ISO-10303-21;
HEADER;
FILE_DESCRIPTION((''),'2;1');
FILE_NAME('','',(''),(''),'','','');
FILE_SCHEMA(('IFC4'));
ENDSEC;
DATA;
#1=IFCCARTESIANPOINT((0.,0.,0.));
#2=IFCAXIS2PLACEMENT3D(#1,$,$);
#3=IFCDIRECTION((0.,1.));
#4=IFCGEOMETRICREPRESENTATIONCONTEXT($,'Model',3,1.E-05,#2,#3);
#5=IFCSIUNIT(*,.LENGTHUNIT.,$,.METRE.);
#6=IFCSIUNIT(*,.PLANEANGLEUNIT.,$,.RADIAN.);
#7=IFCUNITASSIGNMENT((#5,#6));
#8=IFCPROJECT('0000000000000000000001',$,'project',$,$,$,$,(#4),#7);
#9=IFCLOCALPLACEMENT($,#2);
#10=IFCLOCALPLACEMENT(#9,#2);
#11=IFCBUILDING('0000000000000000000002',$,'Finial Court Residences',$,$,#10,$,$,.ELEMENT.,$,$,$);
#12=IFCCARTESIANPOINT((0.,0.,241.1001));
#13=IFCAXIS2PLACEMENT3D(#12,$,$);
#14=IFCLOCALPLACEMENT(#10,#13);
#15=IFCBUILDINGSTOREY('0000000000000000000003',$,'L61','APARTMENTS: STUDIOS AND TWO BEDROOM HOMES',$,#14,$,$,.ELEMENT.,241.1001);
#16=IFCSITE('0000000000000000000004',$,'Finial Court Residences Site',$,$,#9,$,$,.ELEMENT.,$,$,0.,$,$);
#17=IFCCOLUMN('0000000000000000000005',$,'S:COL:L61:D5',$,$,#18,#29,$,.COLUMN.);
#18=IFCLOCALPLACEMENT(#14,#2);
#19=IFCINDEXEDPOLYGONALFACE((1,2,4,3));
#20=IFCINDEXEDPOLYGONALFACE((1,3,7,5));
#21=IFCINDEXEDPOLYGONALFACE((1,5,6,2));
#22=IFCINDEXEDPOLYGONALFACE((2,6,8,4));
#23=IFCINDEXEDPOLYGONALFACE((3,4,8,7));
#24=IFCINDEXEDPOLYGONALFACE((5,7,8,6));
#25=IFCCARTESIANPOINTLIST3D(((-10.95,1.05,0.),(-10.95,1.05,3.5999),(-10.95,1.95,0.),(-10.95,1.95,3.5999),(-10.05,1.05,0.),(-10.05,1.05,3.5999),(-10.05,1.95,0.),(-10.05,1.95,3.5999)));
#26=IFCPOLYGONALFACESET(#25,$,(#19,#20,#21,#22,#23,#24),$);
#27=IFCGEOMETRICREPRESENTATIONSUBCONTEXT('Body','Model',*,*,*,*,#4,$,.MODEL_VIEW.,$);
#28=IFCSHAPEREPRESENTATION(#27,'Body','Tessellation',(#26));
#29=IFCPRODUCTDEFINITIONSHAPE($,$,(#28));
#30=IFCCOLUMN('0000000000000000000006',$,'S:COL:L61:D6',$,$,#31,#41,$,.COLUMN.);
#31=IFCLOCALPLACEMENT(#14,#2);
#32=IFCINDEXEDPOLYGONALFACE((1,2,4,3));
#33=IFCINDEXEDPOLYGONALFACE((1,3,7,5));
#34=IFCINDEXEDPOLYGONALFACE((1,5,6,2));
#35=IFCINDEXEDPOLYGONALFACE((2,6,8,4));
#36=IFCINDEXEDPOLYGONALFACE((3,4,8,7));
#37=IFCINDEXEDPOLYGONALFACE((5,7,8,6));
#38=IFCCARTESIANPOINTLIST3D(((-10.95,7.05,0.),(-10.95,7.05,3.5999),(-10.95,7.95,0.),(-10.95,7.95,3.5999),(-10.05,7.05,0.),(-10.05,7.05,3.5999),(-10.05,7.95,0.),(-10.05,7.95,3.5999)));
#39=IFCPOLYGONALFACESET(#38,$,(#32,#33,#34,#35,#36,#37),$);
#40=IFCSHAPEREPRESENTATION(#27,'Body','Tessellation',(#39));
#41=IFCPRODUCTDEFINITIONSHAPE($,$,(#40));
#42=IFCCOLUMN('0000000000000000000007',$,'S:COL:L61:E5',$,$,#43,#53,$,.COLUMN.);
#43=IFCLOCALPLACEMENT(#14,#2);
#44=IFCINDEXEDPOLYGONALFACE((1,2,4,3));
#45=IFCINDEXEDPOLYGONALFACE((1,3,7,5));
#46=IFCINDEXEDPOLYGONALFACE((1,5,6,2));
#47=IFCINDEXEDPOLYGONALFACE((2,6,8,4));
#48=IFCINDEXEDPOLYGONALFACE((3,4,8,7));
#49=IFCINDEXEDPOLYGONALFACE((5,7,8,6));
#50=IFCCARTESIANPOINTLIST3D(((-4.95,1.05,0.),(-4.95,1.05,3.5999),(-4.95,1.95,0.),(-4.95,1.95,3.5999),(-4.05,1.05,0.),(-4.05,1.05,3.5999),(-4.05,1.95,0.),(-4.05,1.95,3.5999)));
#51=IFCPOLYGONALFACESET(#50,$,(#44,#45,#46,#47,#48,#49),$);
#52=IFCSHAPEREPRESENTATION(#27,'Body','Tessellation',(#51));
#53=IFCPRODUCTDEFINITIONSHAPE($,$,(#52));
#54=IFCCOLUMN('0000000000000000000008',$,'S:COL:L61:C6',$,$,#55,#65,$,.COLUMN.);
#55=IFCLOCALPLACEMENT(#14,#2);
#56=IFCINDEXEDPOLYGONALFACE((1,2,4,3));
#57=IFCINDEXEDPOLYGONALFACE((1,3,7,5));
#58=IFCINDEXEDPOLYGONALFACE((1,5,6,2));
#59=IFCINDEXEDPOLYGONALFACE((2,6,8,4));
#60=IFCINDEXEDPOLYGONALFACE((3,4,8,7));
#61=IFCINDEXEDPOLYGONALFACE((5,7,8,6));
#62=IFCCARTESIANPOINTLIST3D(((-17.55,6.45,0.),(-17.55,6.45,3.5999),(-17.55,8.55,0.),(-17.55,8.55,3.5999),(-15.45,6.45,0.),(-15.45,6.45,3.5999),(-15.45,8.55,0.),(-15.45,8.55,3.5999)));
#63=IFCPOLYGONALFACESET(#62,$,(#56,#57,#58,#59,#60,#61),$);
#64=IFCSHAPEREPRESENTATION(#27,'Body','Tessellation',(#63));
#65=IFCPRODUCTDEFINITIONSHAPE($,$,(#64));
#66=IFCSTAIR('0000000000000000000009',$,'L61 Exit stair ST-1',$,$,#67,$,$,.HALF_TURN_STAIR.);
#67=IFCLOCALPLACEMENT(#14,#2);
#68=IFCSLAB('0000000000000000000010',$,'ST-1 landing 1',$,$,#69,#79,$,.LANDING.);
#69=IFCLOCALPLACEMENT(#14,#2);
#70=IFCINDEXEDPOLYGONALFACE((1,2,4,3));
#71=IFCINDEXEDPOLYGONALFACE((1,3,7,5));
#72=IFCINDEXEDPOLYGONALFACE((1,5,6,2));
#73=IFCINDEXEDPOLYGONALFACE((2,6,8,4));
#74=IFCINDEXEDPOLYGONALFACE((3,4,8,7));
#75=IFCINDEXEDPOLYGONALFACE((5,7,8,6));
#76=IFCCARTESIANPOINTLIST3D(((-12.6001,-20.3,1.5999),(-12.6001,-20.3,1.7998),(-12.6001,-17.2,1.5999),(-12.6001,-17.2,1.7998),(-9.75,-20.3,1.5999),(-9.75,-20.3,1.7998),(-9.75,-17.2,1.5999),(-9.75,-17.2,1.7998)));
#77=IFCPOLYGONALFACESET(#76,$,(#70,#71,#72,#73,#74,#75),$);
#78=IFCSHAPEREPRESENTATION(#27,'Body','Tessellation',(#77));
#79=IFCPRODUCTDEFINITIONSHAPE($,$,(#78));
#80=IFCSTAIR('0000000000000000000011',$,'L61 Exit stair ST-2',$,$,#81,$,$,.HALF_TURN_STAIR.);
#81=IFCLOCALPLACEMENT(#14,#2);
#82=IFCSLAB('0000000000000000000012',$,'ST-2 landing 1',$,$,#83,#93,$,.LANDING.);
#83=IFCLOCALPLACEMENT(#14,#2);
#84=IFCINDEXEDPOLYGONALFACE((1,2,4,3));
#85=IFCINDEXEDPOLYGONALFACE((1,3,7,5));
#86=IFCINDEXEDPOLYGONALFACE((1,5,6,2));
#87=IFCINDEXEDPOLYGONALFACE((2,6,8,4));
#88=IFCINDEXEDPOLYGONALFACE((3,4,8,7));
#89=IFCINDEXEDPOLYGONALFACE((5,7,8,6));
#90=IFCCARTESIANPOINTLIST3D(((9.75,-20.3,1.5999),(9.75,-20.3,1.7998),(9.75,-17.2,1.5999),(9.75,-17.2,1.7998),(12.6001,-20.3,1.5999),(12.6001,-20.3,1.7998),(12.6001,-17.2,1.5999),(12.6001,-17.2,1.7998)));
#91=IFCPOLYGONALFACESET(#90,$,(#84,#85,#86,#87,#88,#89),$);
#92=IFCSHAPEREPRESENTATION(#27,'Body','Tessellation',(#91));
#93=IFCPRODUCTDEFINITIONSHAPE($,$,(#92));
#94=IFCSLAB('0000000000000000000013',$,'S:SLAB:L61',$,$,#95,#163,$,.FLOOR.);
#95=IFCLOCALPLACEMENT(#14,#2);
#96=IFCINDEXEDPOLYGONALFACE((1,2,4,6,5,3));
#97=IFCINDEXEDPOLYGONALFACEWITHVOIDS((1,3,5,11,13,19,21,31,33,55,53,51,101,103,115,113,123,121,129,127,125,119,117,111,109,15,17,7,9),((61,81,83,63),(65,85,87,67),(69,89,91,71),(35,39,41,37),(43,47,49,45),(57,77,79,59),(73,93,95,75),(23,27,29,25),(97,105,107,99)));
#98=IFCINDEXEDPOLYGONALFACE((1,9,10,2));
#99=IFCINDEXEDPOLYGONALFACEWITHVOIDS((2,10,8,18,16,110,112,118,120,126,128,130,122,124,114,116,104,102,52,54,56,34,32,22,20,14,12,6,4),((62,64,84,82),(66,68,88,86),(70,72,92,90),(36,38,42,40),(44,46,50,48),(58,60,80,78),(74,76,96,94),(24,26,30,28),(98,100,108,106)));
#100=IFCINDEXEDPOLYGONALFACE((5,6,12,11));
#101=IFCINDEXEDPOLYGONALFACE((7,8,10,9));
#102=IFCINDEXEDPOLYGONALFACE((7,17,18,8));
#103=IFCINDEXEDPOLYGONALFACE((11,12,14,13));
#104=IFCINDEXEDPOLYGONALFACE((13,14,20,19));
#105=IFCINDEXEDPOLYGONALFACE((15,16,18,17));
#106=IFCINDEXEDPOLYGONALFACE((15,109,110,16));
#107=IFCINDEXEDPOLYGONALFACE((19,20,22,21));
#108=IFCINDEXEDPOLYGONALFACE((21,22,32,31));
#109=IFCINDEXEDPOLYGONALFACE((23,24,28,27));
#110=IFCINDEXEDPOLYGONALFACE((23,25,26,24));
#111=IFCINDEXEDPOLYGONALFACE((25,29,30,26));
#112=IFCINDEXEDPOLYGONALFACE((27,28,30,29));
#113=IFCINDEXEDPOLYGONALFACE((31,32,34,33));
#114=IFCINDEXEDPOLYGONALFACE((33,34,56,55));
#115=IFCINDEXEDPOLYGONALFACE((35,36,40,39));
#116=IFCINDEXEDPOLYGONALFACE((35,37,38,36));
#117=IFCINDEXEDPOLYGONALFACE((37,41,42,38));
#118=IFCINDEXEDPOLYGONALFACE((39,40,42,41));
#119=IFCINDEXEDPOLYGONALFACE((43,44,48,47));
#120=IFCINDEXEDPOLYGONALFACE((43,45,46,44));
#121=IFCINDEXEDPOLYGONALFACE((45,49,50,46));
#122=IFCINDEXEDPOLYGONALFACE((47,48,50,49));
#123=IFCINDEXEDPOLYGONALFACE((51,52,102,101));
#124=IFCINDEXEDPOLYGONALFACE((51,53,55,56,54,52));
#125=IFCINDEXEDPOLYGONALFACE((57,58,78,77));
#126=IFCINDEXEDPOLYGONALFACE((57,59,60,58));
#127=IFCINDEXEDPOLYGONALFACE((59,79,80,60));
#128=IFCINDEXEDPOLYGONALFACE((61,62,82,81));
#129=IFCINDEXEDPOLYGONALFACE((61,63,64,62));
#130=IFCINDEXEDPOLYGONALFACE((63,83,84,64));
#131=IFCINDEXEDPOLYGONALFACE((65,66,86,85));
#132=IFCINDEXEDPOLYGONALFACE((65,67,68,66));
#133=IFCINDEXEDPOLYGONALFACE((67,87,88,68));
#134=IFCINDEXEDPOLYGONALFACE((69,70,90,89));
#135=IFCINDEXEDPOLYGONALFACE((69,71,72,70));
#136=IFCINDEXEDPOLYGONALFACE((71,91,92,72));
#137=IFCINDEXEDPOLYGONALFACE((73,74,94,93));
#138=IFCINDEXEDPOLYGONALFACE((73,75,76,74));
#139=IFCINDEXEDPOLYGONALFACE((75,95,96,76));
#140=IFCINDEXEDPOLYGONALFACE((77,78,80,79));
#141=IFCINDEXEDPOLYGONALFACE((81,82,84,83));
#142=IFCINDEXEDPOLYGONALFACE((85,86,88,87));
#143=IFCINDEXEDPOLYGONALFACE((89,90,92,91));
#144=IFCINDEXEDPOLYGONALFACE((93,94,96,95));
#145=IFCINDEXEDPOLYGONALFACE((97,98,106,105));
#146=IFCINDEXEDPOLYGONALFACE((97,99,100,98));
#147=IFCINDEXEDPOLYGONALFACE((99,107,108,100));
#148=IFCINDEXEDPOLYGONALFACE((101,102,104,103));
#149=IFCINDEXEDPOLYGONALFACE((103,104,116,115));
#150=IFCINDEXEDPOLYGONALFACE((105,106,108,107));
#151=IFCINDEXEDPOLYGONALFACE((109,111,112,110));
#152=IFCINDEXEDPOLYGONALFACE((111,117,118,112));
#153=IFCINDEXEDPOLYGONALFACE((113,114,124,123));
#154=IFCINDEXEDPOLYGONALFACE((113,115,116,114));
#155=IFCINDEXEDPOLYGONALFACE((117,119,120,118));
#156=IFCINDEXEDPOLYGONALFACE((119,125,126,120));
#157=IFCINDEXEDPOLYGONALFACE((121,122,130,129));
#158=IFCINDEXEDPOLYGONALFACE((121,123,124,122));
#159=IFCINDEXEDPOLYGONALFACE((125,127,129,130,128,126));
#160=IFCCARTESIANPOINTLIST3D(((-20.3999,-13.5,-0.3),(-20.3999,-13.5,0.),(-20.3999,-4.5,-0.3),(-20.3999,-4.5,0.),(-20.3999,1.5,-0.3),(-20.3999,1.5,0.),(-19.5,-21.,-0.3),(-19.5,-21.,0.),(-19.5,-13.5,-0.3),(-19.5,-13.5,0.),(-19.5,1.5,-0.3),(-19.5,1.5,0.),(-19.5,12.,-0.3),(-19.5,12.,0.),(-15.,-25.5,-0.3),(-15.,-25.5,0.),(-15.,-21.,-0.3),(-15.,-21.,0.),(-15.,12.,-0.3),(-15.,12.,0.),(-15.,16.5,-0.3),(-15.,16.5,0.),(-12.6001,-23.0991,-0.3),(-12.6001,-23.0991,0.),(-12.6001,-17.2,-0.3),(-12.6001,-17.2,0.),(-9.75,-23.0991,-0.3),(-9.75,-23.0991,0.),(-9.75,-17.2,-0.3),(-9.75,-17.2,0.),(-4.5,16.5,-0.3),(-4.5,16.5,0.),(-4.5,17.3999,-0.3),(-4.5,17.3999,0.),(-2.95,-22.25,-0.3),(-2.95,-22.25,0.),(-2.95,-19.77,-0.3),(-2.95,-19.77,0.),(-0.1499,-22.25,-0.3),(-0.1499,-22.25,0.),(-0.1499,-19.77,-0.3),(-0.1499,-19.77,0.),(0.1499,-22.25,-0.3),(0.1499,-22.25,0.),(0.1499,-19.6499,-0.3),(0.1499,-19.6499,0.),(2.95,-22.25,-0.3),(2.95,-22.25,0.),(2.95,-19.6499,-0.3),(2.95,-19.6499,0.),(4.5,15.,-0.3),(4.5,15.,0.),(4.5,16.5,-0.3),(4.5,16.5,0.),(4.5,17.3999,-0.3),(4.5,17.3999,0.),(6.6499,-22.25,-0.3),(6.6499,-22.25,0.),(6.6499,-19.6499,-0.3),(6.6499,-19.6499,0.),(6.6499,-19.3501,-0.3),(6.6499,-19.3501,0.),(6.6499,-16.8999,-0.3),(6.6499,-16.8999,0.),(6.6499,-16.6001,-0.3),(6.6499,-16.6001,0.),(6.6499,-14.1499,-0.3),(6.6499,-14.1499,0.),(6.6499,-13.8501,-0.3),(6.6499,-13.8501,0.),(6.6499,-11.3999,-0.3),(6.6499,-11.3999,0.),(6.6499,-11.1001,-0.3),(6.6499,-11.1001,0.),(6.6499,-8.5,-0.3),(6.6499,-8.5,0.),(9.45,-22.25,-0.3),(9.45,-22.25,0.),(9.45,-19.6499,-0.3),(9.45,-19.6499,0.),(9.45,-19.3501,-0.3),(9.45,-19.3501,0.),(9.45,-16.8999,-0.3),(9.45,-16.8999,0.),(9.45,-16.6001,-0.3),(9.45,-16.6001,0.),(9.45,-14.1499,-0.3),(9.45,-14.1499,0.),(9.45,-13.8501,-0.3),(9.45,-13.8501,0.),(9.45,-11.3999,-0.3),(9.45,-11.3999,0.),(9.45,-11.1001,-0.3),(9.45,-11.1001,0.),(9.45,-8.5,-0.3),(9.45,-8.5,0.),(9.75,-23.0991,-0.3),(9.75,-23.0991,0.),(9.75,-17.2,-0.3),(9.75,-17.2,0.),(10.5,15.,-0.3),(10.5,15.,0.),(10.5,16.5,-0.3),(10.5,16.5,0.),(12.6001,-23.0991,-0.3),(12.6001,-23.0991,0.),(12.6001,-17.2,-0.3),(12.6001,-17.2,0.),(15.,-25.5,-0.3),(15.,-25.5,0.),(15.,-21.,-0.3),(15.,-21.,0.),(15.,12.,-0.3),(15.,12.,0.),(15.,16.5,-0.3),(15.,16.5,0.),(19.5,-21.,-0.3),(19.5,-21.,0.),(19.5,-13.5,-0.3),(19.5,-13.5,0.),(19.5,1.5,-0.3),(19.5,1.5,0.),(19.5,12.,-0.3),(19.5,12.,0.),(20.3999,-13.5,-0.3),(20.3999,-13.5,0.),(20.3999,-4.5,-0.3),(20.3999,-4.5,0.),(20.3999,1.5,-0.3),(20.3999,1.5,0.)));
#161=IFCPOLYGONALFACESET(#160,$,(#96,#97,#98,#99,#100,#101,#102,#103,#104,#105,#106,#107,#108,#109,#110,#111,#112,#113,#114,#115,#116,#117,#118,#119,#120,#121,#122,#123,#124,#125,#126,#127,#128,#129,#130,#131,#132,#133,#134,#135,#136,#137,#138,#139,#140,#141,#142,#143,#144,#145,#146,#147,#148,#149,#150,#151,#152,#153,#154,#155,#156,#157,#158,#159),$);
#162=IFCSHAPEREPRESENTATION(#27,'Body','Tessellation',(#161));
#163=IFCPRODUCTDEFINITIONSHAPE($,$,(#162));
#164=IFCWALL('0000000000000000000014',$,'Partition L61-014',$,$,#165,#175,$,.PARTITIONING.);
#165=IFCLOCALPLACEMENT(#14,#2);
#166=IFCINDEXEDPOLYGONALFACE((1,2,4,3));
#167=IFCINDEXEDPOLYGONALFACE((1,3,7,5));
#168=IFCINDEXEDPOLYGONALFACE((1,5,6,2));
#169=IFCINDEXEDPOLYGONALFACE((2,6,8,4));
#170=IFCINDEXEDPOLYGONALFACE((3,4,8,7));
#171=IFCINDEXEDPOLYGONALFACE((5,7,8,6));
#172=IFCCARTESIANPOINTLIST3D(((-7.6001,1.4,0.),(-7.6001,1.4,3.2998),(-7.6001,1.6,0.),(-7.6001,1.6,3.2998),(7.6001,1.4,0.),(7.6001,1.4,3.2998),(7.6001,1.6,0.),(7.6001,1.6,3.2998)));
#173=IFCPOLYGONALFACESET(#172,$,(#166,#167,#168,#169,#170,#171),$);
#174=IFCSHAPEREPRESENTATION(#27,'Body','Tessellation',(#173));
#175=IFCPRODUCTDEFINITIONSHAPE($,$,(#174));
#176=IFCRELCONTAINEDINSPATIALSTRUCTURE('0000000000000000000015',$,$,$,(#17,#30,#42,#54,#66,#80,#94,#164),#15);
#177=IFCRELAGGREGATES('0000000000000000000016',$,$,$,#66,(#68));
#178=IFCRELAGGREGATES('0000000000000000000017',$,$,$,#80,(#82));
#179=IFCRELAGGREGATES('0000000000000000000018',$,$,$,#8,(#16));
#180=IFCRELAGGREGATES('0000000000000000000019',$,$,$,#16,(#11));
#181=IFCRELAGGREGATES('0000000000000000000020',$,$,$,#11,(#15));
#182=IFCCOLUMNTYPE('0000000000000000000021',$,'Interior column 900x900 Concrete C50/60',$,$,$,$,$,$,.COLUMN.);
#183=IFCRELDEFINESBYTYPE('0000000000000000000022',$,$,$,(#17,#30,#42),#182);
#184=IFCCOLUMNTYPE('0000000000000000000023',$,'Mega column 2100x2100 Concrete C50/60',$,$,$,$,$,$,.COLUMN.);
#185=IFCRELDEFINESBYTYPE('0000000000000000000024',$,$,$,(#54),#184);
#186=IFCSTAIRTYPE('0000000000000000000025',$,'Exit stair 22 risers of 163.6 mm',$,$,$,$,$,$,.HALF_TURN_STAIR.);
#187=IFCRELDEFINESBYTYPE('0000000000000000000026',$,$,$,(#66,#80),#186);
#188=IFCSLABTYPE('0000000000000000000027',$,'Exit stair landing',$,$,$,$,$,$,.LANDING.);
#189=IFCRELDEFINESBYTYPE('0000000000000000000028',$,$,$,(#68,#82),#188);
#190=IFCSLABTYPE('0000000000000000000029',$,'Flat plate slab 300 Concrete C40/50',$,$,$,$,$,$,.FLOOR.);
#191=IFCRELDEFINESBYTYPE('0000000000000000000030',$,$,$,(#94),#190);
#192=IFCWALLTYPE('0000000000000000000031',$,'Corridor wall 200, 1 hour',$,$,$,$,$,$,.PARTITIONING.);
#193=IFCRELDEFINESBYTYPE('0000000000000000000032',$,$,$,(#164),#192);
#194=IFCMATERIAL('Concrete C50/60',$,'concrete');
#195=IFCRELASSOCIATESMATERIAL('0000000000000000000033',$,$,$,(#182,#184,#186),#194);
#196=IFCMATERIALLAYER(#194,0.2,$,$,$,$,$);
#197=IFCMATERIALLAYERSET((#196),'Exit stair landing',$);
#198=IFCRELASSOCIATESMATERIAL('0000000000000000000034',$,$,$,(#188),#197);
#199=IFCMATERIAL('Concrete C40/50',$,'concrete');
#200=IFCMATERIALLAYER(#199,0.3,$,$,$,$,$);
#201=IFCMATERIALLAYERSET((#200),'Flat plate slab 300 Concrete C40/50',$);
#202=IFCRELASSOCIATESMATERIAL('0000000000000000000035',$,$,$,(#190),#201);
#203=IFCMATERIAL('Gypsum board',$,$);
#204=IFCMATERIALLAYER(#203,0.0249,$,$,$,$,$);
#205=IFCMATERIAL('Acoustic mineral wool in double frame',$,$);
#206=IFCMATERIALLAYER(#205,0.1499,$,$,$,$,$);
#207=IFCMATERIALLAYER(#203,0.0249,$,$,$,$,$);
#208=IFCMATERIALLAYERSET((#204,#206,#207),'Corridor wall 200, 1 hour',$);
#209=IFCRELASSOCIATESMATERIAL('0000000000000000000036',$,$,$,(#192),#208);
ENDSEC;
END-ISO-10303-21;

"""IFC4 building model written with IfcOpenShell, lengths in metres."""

from ifc_helpers import new_model, si_unit, direction, frame, frame_2d, origin, origin_2d, place, context, subcontext, project, spatial, polyline, rectangle, outline, extrude, material, layer, layer_set, material_profile, profile_set, type_object, element, aggregate, save


model = new_model("IFC4")

# Units and contexts
model_context = context("Model", 3, precision=1e-05, world=origin(), true_north=direction((0.0, 1.0)))
body_context = subcontext(model_context, "Body", "Model", "MODEL_VIEW")
ifc_project = project(units=[si_unit("LENGTHUNIT", "METRE"), si_unit("PLANEANGLEUNIT", "RADIAN")], contexts=[model_context])

# Site, building, storey
site_placement = place(None, origin())
site = spatial("IfcSite", under=ifc_project, at=site_placement, Name="Finial Court Residences Site", CompositionType="ELEMENT", RefElevation=0.0)
building_placement = place(site_placement, origin())
building = spatial("IfcBuilding", under=site, at=building_placement, Name="Finial Court Residences", CompositionType="ELEMENT")
storey_placement = place(building_placement, frame((0.0, 0.0, 241.1001)))
storey = spatial("IfcBuildingStorey", under=building, at=storey_placement, Name="L61", Description="APARTMENTS: STUDIOS AND TWO BEDROOM HOMES", CompositionType="ELEMENT", Elevation=241.1001)

# Columns
ifc_material_1 = material(Name="Concrete C50/60", Category="concrete")
ifc_material_profile_1 = material_profile(ifc_material_1, rectangle(XDim=0.8999, YDim=0.8999, at=origin_2d()), Name="900x900")
ifc_profile_set_1 = profile_set([ifc_material_profile_1], Name="Concrete C50/60")
column_type_1 = type_object("IfcColumnType", Name="Interior column 900x900 Concrete C50/60", PredefinedType="COLUMN", material=ifc_profile_set_1)
for number, where, z_axis, x_axis, name in (
    (1, (-10.5, 1.5, 0.0), (0.0, 0.0, 1.0), (1.0, 0.0, 0.0), "S:COL:L61:D5"),
    (2, (-10.5, 7.5, 0.0), (0.0, 0.0, 1.0), (1.0, 0.0, 0.0), "S:COL:L61:D6"),
    (3, (-4.5, 1.5, 0.0), (0.0, 0.0, 1.0), (1.0, 0.0, 0.0), "S:COL:L61:E5"),
):
    element("IfcColumn", number, at=place(storey_placement, frame(where, z_axis=z_axis, x_axis=x_axis)), inside=storey, type_object=column_type_1, Name=name, PredefinedType="COLUMN", context=body_context, shape_type="SweptSolid", body=[
        extrude(rectangle(XDim=0.8999, YDim=0.8999, at=origin_2d()), origin(), (0.0, 0.0, 1.0), 3.5999),
    ])
ifc_material_profile_2 = material_profile(ifc_material_1, rectangle(XDim=2.1001, YDim=2.1001, at=origin_2d()), Name="2100x2100")
ifc_profile_set_2 = profile_set([ifc_material_profile_2], Name="Concrete C50/60")
column_type_2 = type_object("IfcColumnType", Name="Mega column 2100x2100 Concrete C50/60", PredefinedType="COLUMN", material=ifc_profile_set_2)
column_placement = place(storey_placement, frame((-16.5, 7.5, 0.0), z_axis=(0.0, 0.0, 1.0), x_axis=(1.0, 0.0, 0.0)))
element("IfcColumn", 4, at=column_placement, inside=storey, type_object=column_type_2, Name="S:COL:L61:C6", PredefinedType="COLUMN", context=body_context, shape_type="SweptSolid", body=[
    extrude(rectangle(XDim=2.1001, YDim=2.1001, at=origin_2d()), origin(), (0.0, 0.0, 1.0), 3.5999),
])

# Stairs, slabs
stair_type = type_object("IfcStairType", Name="Exit stair 22 risers of 163.6 mm", PredefinedType="HALF_TURN_STAIR", material=ifc_material_1)
stair_1_placement = place(storey_placement, origin())
stair_1 = element("IfcStair", 5, at=stair_1_placement, inside=storey, type_object=stair_type, Name="L61 Exit stair ST-1", PredefinedType="HALF_TURN_STAIR")
ifc_layer_1 = layer(ifc_material_1, 0.2)
ifc_layer_set_1 = layer_set([ifc_layer_1], Name="Exit stair landing")
slab_type_1 = type_object("IfcSlabType", Name="Exit stair landing", PredefinedType="LANDING", material=ifc_layer_set_1)
slab_1_placement = place(storey_placement, frame((0.0, 0.0, 1.5999)))
slab_1 = element("IfcSlab", 6, at=slab_1_placement, type_object=slab_type_1, Name="ST-1 landing 1", PredefinedType="LANDING", context=body_context, shape_type="SweptSolid", body=[
    extrude(outline(polyline([(-9.75, -20.3), (-9.75, -17.2), (-12.6001, -17.2), (-12.6001, -20.3), (-9.75, -20.3)])), origin(), (0.0, 0.0, 1.0), 0.2),
])
aggregate(stair_1, [slab_1])
stair_2_placement = place(storey_placement, origin())
stair_2 = element("IfcStair", 7, at=stair_2_placement, inside=storey, type_object=stair_type, Name="L61 Exit stair ST-2", PredefinedType="HALF_TURN_STAIR")
slab_2_placement = place(storey_placement, frame((0.0, 0.0, 1.5999)))
slab_2 = element("IfcSlab", 8, at=slab_2_placement, type_object=slab_type_1, Name="ST-2 landing 1", PredefinedType="LANDING", context=body_context, shape_type="SweptSolid", body=[
    extrude(outline(polyline([(12.6001, -20.3), (12.6001, -17.2), (9.75, -17.2), (9.75, -20.3), (12.6001, -20.3)])), origin(), (0.0, 0.0, 1.0), 0.2),
])
aggregate(stair_2, [slab_2])

# Slab
ifc_material_2 = material(Name="Concrete C40/50", Category="concrete")
ifc_layer_2 = layer(ifc_material_2, 0.3)
ifc_layer_set_2 = layer_set([ifc_layer_2], Name="Flat plate slab 300 Concrete C40/50")
slab_type_2 = type_object("IfcSlabType", Name="Flat plate slab 300 Concrete C40/50", PredefinedType="FLOOR", material=ifc_layer_set_2)
slab_3_placement = place(storey_placement, frame((0.0, 0.0, -0.3)))
element("IfcSlab", 9, at=slab_3_placement, inside=storey, type_object=slab_type_2, Name="S:SLAB:L61", PredefinedType="FLOOR", context=body_context, shape_type="SweptSolid", body=[
    extrude(outline(polyline([(20.3999, -13.5), (19.5, -13.5), (19.5, -21.0), (15.0, -21.0), (15.0, -25.5), (-15.0, -25.5), (-15.0, -21.0), (-19.5, -21.0), (-19.5, -13.5), (-20.3999, -13.5), (-20.3999, -4.5), (-20.3999, 1.5), (-19.5, 1.5), (-19.5, 12.0), (-15.0, 12.0), (-15.0, 16.5), (-4.5, 16.5), (-4.5, 17.3999), (4.5, 17.3999), (4.5, 16.5), (4.5, 15.0), (10.5, 15.0), (10.5, 16.5), (15.0, 16.5), (15.0, 12.0), (19.5, 12.0), (19.5, 1.5), (20.3999, 1.5), (20.3999, -4.5), (20.3999, -13.5)]), holes=[polyline([(-0.1499, -19.77), (-2.95, -19.77), (-2.95, -22.25), (-0.1499, -22.25), (-0.1499, -19.77)]), polyline([(2.95, -19.6499), (0.1499, -19.6499), (0.1499, -22.25), (2.95, -22.25), (2.95, -19.6499)]), polyline([(9.45, -19.6499), (6.6499, -19.6499), (6.6499, -22.25), (9.45, -22.25), (9.45, -19.6499)]), polyline([(-12.6001, -17.2), (-12.6001, -23.0991), (-9.75, -23.0991), (-9.75, -17.2), (-12.6001, -17.2)]), polyline([(9.75, -17.2), (9.75, -23.0991), (12.6001, -23.0991), (12.6001, -17.2), (9.75, -17.2)]), polyline([(9.45, -16.8999), (6.6499, -16.8999), (6.6499, -19.3501), (9.45, -19.3501), (9.45, -16.8999)]), polyline([(9.45, -14.1499), (6.6499, -14.1499), (6.6499, -16.6001), (9.45, -16.6001), (9.45, -14.1499)]), polyline([(9.45, -13.8501), (9.45, -11.3999), (6.6499, -11.3999), (6.6499, -13.8501), (9.45, -13.8501)]), polyline([(9.45, -11.1001), (9.45, -8.5), (6.6499, -8.5), (6.6499, -11.1001), (9.45, -11.1001)])]), origin(), (0.0, 0.0, 1.0), 0.3),
])

# Wall
ifc_material_3 = material(Name="Gypsum board")
ifc_layer_3 = layer(ifc_material_3, 0.0249)
ifc_material_4 = material(Name="Acoustic mineral wool in double frame")
ifc_layer_4 = layer(ifc_material_4, 0.1499)
ifc_layer_5 = layer(ifc_material_3, 0.0249)
ifc_layer_set_3 = layer_set([ifc_layer_3, ifc_layer_4, ifc_layer_5], Name="Corridor wall 200, 1 hour")
wall_type_1 = type_object("IfcWallType", Name="Corridor wall 200, 1 hour", PredefinedType="PARTITIONING", material=ifc_layer_set_3)
wall_1_placement = place(storey_placement, frame((-7.6001, 1.5, 0.0), z_axis=(0.0, 0.0, 1.0), x_axis=(1.0, 0.0, 0.0)))
element("IfcWall", 10, at=wall_1_placement, inside=storey, type_object=wall_type_1, Name="Partition L61-014", PredefinedType="PARTITIONING", context=body_context, shape_type="SweptSolid", body=[
    extrude(rectangle(XDim=15.2002, YDim=0.2, at=frame_2d((7.6001, 0.0))), origin(), (0.0, 0.0, 1.0), 3.2998),
])

save(model, "model.ifc")
